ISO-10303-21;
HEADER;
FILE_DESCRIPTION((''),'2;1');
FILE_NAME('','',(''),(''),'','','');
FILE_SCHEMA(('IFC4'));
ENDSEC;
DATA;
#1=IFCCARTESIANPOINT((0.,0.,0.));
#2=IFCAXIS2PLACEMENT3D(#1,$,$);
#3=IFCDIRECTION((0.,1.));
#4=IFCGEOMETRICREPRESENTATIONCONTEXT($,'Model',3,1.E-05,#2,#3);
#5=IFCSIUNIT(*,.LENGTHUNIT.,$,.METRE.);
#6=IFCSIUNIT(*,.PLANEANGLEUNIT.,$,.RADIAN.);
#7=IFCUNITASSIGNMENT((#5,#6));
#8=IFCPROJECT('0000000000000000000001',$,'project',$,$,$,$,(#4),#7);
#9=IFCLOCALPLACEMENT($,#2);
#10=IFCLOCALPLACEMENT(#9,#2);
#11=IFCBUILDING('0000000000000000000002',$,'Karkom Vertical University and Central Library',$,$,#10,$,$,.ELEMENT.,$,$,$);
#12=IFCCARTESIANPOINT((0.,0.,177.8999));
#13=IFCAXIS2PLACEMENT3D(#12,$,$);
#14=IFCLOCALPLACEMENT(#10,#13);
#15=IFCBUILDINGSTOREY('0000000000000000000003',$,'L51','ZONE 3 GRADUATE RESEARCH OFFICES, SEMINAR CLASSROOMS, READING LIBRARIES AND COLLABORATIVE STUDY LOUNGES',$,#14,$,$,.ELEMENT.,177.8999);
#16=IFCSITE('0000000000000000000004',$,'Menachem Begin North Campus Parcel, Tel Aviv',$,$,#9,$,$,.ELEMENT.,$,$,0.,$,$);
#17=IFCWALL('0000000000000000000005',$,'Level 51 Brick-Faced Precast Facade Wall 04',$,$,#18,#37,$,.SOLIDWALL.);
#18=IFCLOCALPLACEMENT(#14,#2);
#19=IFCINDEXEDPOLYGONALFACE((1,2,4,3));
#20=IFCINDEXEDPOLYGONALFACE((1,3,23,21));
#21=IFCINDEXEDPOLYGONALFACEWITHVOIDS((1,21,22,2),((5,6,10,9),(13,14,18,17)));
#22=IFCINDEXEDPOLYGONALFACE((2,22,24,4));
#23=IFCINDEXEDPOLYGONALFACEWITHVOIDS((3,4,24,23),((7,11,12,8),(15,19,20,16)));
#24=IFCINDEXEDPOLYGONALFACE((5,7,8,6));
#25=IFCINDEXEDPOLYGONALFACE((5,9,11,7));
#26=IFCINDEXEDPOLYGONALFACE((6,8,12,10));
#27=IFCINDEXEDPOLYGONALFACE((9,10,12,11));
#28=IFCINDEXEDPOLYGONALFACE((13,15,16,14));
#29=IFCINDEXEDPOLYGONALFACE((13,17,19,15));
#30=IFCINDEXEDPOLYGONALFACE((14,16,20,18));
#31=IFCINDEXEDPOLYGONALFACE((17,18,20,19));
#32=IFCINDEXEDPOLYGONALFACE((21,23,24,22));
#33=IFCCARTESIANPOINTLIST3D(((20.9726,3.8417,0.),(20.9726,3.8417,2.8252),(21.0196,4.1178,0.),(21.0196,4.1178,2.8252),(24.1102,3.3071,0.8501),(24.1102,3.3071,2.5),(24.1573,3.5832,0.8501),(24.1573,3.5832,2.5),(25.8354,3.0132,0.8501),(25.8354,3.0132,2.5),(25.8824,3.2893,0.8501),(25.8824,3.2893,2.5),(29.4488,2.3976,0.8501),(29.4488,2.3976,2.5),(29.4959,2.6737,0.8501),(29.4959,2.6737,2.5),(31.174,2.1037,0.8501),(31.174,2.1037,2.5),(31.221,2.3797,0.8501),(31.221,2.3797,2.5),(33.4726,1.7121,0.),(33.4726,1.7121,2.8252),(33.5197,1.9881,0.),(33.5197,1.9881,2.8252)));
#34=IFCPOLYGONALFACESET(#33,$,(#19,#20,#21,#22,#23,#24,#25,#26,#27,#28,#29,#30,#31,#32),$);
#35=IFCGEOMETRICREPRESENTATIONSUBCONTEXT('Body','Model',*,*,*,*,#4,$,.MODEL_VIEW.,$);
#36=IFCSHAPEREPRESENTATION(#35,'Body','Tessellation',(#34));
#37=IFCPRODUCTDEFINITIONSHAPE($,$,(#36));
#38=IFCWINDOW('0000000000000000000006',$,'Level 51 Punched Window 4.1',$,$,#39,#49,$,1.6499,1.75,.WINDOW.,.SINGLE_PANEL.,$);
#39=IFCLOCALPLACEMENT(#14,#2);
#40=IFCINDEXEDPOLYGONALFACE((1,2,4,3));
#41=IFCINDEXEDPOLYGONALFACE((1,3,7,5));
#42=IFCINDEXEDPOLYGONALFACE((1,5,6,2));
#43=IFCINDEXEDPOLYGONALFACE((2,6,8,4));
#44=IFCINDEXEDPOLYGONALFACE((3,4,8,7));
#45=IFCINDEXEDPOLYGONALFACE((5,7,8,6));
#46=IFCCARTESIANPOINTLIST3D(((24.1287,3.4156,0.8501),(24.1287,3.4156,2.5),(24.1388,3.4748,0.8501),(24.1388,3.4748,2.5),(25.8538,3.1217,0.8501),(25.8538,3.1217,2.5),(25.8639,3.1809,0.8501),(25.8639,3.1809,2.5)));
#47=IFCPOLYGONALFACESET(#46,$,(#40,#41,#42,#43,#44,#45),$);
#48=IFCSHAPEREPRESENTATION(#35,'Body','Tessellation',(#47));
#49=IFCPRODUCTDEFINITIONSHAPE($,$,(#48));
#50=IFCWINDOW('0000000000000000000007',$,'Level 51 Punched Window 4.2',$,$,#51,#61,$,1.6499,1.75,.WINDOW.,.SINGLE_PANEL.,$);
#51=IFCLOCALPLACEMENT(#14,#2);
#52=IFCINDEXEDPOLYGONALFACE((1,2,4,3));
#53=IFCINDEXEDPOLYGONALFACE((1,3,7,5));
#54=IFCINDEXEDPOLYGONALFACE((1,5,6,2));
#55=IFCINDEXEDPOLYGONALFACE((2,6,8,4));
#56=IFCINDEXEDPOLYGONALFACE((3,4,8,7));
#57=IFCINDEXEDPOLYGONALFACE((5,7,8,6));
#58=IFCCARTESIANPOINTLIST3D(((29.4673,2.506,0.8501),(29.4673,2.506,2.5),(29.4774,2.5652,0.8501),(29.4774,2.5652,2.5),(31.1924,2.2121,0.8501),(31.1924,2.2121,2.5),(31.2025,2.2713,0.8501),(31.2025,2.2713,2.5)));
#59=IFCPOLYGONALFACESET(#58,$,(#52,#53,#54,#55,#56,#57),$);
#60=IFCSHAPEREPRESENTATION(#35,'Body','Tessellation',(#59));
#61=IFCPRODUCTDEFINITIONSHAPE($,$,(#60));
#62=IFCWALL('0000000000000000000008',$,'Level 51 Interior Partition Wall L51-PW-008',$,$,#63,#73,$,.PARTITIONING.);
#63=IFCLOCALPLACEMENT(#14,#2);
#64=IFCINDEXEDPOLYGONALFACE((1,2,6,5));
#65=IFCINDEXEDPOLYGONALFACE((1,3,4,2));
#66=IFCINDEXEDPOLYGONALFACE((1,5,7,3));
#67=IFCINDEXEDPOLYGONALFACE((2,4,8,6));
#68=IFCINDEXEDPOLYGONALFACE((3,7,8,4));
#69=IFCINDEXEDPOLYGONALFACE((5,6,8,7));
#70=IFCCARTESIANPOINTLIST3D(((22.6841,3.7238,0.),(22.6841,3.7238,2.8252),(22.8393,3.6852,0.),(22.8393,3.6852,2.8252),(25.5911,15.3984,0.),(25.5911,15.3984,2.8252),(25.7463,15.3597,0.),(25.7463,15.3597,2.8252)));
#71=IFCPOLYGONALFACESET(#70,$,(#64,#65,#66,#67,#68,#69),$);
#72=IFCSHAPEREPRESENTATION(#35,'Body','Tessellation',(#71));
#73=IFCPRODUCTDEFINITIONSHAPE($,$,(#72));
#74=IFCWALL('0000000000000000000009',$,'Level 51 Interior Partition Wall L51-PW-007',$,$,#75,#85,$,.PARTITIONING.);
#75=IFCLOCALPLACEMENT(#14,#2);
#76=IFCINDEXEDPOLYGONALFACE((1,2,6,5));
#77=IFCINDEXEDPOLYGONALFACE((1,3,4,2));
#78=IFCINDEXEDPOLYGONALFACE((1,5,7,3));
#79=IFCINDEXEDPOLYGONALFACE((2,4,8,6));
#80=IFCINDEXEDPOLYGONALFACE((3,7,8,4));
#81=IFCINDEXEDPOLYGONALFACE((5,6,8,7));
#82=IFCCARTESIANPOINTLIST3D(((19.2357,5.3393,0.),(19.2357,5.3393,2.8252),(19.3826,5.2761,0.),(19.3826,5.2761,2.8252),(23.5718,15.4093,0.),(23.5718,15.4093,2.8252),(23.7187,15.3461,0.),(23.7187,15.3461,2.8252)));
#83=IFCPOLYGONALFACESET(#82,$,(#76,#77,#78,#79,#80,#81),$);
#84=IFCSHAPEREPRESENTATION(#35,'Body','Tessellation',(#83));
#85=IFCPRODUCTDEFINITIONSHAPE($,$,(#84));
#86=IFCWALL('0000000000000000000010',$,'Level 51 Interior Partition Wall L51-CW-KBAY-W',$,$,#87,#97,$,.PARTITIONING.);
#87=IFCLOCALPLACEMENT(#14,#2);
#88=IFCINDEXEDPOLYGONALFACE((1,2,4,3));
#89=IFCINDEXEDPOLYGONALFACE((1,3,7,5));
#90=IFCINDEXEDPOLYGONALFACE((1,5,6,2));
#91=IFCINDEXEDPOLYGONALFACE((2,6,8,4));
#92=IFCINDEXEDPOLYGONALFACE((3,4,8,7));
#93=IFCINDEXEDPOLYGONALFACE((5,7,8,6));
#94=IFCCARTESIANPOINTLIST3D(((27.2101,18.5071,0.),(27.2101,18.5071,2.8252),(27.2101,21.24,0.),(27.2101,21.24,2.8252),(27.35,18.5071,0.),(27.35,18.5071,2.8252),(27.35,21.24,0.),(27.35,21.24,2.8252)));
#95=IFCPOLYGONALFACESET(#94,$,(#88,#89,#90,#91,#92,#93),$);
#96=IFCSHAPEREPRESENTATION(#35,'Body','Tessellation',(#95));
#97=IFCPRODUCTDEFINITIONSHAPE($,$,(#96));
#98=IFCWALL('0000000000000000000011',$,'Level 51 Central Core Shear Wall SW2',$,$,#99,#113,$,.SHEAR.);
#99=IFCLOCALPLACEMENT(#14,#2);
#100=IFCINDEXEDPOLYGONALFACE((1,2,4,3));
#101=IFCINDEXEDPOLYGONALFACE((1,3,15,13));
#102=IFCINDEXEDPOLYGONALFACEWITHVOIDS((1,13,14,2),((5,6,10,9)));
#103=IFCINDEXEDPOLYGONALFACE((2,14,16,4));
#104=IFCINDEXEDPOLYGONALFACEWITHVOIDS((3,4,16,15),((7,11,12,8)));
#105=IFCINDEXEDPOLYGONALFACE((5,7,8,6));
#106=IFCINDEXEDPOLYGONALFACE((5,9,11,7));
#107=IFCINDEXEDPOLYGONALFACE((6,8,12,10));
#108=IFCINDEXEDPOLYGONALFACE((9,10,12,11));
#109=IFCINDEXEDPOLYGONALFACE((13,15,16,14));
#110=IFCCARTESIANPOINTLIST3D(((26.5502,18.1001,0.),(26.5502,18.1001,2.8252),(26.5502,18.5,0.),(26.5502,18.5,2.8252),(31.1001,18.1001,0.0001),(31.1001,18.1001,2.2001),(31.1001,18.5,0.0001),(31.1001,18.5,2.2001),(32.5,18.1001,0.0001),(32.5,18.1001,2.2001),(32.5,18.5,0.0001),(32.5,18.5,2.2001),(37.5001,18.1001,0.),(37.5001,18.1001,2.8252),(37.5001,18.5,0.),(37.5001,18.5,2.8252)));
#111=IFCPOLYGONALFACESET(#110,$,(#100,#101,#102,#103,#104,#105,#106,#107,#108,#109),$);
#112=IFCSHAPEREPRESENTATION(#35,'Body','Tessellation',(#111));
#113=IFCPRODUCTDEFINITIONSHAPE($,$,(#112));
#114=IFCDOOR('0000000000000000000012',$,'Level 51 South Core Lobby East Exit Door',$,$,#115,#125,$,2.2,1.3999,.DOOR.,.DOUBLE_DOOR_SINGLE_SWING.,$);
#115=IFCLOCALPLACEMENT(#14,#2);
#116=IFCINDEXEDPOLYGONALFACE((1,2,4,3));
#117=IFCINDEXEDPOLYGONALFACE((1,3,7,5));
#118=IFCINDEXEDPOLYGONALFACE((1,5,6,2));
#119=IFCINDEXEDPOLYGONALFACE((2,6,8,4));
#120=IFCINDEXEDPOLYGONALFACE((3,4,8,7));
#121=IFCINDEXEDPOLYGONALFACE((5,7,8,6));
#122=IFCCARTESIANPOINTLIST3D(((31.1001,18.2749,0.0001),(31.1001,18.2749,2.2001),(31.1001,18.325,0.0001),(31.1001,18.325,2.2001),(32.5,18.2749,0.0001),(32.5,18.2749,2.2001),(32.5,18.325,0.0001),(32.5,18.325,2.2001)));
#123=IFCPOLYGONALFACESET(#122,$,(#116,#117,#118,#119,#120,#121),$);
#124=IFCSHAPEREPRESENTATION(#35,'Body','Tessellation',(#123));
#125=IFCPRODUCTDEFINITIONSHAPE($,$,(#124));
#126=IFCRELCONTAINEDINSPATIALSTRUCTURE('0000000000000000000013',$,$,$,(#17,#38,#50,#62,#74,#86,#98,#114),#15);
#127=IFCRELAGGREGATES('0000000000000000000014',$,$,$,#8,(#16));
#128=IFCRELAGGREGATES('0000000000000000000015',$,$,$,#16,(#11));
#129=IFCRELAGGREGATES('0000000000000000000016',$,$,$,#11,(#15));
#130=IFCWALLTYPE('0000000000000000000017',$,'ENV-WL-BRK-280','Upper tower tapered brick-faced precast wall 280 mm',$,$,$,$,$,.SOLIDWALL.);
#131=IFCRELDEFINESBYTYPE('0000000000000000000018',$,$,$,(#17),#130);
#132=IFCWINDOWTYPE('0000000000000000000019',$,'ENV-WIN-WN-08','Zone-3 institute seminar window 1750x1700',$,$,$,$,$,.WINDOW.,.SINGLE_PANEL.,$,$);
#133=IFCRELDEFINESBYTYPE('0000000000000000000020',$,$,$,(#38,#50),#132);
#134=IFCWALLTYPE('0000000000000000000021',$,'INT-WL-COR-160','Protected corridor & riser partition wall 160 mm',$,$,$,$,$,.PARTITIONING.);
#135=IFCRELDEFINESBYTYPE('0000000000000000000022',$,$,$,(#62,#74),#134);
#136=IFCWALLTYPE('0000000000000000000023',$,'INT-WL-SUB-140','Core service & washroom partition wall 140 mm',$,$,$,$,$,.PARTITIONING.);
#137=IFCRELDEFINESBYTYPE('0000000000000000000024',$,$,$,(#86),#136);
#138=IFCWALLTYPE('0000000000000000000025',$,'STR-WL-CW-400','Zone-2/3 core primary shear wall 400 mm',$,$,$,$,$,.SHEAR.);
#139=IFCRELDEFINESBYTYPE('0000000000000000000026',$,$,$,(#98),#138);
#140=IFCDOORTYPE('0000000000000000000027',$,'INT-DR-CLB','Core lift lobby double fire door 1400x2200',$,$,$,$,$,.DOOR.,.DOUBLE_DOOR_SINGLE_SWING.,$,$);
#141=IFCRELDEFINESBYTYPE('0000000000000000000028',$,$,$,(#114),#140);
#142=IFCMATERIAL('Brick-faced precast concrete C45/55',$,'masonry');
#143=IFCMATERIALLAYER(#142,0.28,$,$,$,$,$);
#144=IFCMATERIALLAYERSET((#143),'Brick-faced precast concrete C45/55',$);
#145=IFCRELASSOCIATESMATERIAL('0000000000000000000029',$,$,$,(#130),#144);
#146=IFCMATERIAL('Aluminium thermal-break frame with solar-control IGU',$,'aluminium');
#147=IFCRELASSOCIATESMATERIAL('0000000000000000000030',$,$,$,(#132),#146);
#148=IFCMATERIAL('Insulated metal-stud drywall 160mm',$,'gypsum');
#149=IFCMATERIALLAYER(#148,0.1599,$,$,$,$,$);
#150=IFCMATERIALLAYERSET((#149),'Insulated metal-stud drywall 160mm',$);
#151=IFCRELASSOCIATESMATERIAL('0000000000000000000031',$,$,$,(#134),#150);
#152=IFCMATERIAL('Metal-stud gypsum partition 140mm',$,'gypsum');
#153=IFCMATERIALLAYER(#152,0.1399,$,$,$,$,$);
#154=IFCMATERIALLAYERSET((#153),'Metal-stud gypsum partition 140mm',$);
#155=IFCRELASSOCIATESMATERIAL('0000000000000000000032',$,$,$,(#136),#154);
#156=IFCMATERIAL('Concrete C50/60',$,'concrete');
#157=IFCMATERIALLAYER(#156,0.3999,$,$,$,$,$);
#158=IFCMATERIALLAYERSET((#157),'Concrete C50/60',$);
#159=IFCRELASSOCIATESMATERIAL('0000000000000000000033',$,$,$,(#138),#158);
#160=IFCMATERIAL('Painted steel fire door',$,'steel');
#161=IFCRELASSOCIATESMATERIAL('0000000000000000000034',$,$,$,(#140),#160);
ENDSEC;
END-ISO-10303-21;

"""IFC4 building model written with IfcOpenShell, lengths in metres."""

from ifc_helpers import new_model, si_unit, direction, frame, frame_2d, origin, origin_with_axes, place, context, subcontext, project, spatial, rectangle, extrude, source, transform, mapped, material, layer, layer_set, type_object, element, fill, save


model = new_model("IFC4")

# Units and contexts
model_context = context("Model", 3, precision=1e-05, world=origin(), true_north=direction((0.0, 1.0)))
body_context = subcontext(model_context, "Body", "Model", "MODEL_VIEW")
ifc_project = project(units=[si_unit("LENGTHUNIT", "METRE"), si_unit("PLANEANGLEUNIT", "RADIAN")], contexts=[model_context])

# Site, building, storey
site_placement = place(None, origin())
site = spatial("IfcSite", under=ifc_project, at=site_placement, Name="Menachem Begin North Campus Parcel, Tel Aviv", CompositionType="ELEMENT", RefElevation=0.0)
building_placement = place(site_placement, origin())
building = spatial("IfcBuilding", under=site, at=building_placement, Name="Karkom Vertical University and Central Library", CompositionType="ELEMENT")
storey_placement = place(building_placement, frame((0.0, 0.0, 177.8999)))
storey = spatial("IfcBuildingStorey", under=building, at=storey_placement, Name="L51", Description="ZONE 3 GRADUATE RESEARCH OFFICES, SEMINAR CLASSROOMS, READING LIBRARIES AND COLLABORATIVE STUDY LOUNGES", CompositionType="ELEMENT", Elevation=177.8999)

# Shared definitions
ifc_material_1 = material(Name="Concrete C50/60", Category="concrete")

# Wall, openings, windows
ifc_material_2 = material(Name="Brick-faced precast concrete C45/55", Category="masonry")
ifc_layer_1 = layer(ifc_material_2, 0.28)
ifc_layer_set_1 = layer_set([ifc_layer_1], Name="Brick-faced precast concrete C45/55")
wall_type_1 = type_object("IfcWallType", Name="ENV-WL-BRK-280", Description="Upper tower tapered brick-faced precast wall 280 mm", PredefinedType="SOLIDWALL", material=ifc_layer_set_1)
wall_1_placement = place(storey_placement, frame((20.9961, 3.9797, 0.0), z_axis=(0.0, 0.0, 1.0), x_axis=(0.985795, -0.167951, 0.0)))
wall_1 = element("IfcWall", 1, at=wall_1_placement, inside=storey, type_object=wall_type_1, Name="Level 51 Brick-Faced Precast Facade Wall 04", PredefinedType="SOLIDWALL", context=body_context, shape_type="SweptSolid", body=[
    extrude(rectangle(XDim=12.6802, YDim=0.28, at=frame_2d((6.3401, 0.0))), origin(), (0.0, 0.0, 1.0), 2.8252),
])
opening_1_placement = place(wall_1_placement, frame((3.1829, 0.0, 0.8501)))
opening_1 = element("IfcOpeningElement", 2, at=opening_1_placement, cuts=wall_1, PredefinedType="OPENING", context=body_context, shape_type="SweptSolid", body=[
    extrude(rectangle(XDim=1.75, YDim=1.6499, at=frame_2d((0.875, 0.825))), frame((0.0, 0.1499, 0.0), z_axis=(0.0, -1.0, 0.0), x_axis=(1.0, 0.0, 0.0)), (0.0, 0.0, 1.0), 0.3),
])
opening_2_placement = place(wall_1_placement, frame((8.5984, 0.0, 0.8501)))
opening_2 = element("IfcOpeningElement", 3, at=opening_2_placement, cuts=wall_1, PredefinedType="OPENING", context=body_context, shape_type="SweptSolid", body=[
    extrude(rectangle(XDim=1.75, YDim=1.6499, at=frame_2d((0.875, 0.825))), frame((0.0, 0.1499, 0.0), z_axis=(0.0, -1.0, 0.0), x_axis=(1.0, 0.0, 0.0)), (0.0, 0.0, 1.0), 0.3),
])
ifc_material_3 = material(Name="Aluminium thermal-break frame with solar-control IGU", Category="aluminium")
window_type = type_object("IfcWindowType", Name="ENV-WIN-WN-08", Description="Zone-3 institute seminar window 1750x1700", PartitioningType="SINGLE_PANEL", PredefinedType="WINDOW", material=ifc_material_3)
shared_shape_1 = source(origin_with_axes(), body_context, "Body", "SweptSolid", [
    extrude(rectangle(XDim=1.75, YDim=1.6499, at=frame_2d((0.875, 0.825))), frame((0.0, 0.03, 0.0), z_axis=(0.0, -1.0, 0.0), x_axis=(1.0, 0.0, 0.0)), (0.0, 0.0, 1.0), 0.0601),
])
window_1_placement = place(opening_1_placement, origin())
window_1 = element("IfcWindow", 4, at=window_1_placement, inside=storey, type_object=window_type, Name="Level 51 Punched Window 4.1", OverallHeight=1.6499, OverallWidth=1.75, PartitioningType="SINGLE_PANEL", PredefinedType="WINDOW", context=body_context, shape_type="MappedRepresentation", body=[
    mapped(shared_shape_1, transform((0.0, 0.0, 0.0), scale=1.0)),
])
fill(opening_1, window_1)
window_2_placement = place(opening_2_placement, origin())
window_2 = element("IfcWindow", 5, at=window_2_placement, inside=storey, type_object=window_type, Name="Level 51 Punched Window 4.2", OverallHeight=1.6499, OverallWidth=1.75, PartitioningType="SINGLE_PANEL", PredefinedType="WINDOW", context=body_context, shape_type="MappedRepresentation", body=[
    mapped(shared_shape_1, transform((0.0, 0.0, 0.0), scale=1.0)),
])
fill(opening_2, window_2)

# Walls
ifc_material_4 = material(Name="Insulated metal-stud drywall 160mm", Category="gypsum")
ifc_layer_2 = layer(ifc_material_4, 0.1599)
ifc_layer_set_2 = layer_set([ifc_layer_2], Name="Insulated metal-stud drywall 160mm")
wall_type_2 = type_object("IfcWallType", Name="INT-WL-COR-160", Description="Protected corridor & riser partition wall 160 mm", PredefinedType="PARTITIONING", material=ifc_layer_set_2)
wall_2_placement = place(storey_placement, frame((25.6687, 15.3792, 0.0), z_axis=(0.0, 0.0, 1.0), x_axis=(-0.241624, -0.97037, 0.0)))
element("IfcWall", 6, at=wall_2_placement, inside=storey, type_object=wall_type_2, Name="Level 51 Interior Partition Wall L51-PW-008", PredefinedType="PARTITIONING", context=body_context, shape_type="SweptSolid", body=[
    extrude(rectangle(XDim=12.031, YDim=0.1599, at=frame_2d((6.0156, 0.0))), origin(), (0.0, 0.0, 1.0), 2.8252),
])
wall_3_placement = place(storey_placement, frame((23.6453, 15.3777, 0.0), z_axis=(0.0, 0.0, 1.0), x_axis=(-0.395494, -0.918469, 0.0)))
element("IfcWall", 7, at=wall_3_placement, inside=storey, type_object=wall_type_2, Name="Level 51 Interior Partition Wall L51-PW-007", PredefinedType="PARTITIONING", context=body_context, shape_type="SweptSolid", body=[
    extrude(rectangle(XDim=10.9639, YDim=0.1599, at=frame_2d((5.4819, 0.0))), origin(), (0.0, 0.0, 1.0), 2.8252),
])
ifc_material_5 = material(Name="Metal-stud gypsum partition 140mm", Category="gypsum")
ifc_layer_3 = layer(ifc_material_5, 0.1399)
ifc_layer_set_3 = layer_set([ifc_layer_3], Name="Metal-stud gypsum partition 140mm")
wall_type_3 = type_object("IfcWallType", Name="INT-WL-SUB-140", Description="Core service & washroom partition wall 140 mm", PredefinedType="PARTITIONING", material=ifc_layer_set_3)
wall_4_placement = place(storey_placement, frame((27.28, 18.5071, 0.0), z_axis=(0.0, 0.0, 1.0), x_axis=(0.0, 1.0, 0.0)))
element("IfcWall", 8, at=wall_4_placement, inside=storey, type_object=wall_type_3, Name="Level 51 Interior Partition Wall L51-CW-KBAY-W", PredefinedType="PARTITIONING", context=body_context, shape_type="SweptSolid", body=[
    extrude(rectangle(XDim=2.7329, YDim=0.1399, at=frame_2d((1.3665, 0.0))), origin(), (0.0, 0.0, 1.0), 2.8252),
])

# Wall, opening, door
ifc_layer_4 = layer(ifc_material_1, 0.3999)
ifc_layer_set_4 = layer_set([ifc_layer_4], Name="Concrete C50/60")
wall_type_4 = type_object("IfcWallType", Name="STR-WL-CW-400", Description="Zone-2/3 core primary shear wall 400 mm", PredefinedType="SHEAR", material=ifc_layer_set_4)
wall_5_placement = place(storey_placement, frame((26.55, 18.3, 0.0), z_axis=(0.0, 0.0, 1.0), x_axis=(1.0, 0.0, 0.0)))
wall_5 = element("IfcWall", 9, at=wall_5_placement, inside=storey, type_object=wall_type_4, Name="Level 51 Central Core Shear Wall SW2", PredefinedType="SHEAR", context=body_context, shape_type="SweptSolid", body=[
    extrude(rectangle(XDim=10.95, YDim=0.3999, at=frame_2d((5.4751, 0.0))), origin(), (0.0, 0.0, 1.0), 2.8252),
])
opening_3_placement = place(wall_5_placement, frame((4.55, 0.0, 0.0)))
opening_3 = element("IfcOpeningElement", 10, at=opening_3_placement, cuts=wall_5, PredefinedType="OPENING", context=body_context, shape_type="SweptSolid", body=[
    extrude(rectangle(XDim=1.3999, YDim=2.2, at=frame_2d((0.7, 1.1001))), frame((0.0, 0.21, 0.0), z_axis=(0.0, -1.0, 0.0), x_axis=(1.0, 0.0, 0.0)), (0.0, 0.0, 1.0), 0.4199),
])
ifc_material_6 = material(Name="Painted steel fire door", Category="steel")
door_type = type_object("IfcDoorType", Name="INT-DR-CLB", Description="Core lift lobby double fire door 1400x2200", OperationType="DOUBLE_DOOR_SINGLE_SWING", PredefinedType="DOOR", material=ifc_material_6)
shared_shape_2 = source(origin_with_axes(), body_context, "Body", "SweptSolid", [
    extrude(rectangle(XDim=1.3999, YDim=2.2, at=frame_2d((0.7, 1.1001))), frame((0.0, 0.0249, 0.0), z_axis=(0.0, -1.0, 0.0), x_axis=(1.0, 0.0, 0.0)), (0.0, 0.0, 1.0), 0.05),
])
door_placement = place(opening_3_placement, origin())
door = element("IfcDoor", 11, at=door_placement, inside=storey, type_object=door_type, Name="Level 51 South Core Lobby East Exit Door", OperationType="DOUBLE_DOOR_SINGLE_SWING", OverallHeight=2.2, OverallWidth=1.3999, PredefinedType="DOOR", context=body_context, shape_type="MappedRepresentation", body=[
    mapped(shared_shape_2, transform((0.0, 0.0, 0.0), scale=1.0)),
])
fill(opening_3, door)

save(model, "model.ifc")
